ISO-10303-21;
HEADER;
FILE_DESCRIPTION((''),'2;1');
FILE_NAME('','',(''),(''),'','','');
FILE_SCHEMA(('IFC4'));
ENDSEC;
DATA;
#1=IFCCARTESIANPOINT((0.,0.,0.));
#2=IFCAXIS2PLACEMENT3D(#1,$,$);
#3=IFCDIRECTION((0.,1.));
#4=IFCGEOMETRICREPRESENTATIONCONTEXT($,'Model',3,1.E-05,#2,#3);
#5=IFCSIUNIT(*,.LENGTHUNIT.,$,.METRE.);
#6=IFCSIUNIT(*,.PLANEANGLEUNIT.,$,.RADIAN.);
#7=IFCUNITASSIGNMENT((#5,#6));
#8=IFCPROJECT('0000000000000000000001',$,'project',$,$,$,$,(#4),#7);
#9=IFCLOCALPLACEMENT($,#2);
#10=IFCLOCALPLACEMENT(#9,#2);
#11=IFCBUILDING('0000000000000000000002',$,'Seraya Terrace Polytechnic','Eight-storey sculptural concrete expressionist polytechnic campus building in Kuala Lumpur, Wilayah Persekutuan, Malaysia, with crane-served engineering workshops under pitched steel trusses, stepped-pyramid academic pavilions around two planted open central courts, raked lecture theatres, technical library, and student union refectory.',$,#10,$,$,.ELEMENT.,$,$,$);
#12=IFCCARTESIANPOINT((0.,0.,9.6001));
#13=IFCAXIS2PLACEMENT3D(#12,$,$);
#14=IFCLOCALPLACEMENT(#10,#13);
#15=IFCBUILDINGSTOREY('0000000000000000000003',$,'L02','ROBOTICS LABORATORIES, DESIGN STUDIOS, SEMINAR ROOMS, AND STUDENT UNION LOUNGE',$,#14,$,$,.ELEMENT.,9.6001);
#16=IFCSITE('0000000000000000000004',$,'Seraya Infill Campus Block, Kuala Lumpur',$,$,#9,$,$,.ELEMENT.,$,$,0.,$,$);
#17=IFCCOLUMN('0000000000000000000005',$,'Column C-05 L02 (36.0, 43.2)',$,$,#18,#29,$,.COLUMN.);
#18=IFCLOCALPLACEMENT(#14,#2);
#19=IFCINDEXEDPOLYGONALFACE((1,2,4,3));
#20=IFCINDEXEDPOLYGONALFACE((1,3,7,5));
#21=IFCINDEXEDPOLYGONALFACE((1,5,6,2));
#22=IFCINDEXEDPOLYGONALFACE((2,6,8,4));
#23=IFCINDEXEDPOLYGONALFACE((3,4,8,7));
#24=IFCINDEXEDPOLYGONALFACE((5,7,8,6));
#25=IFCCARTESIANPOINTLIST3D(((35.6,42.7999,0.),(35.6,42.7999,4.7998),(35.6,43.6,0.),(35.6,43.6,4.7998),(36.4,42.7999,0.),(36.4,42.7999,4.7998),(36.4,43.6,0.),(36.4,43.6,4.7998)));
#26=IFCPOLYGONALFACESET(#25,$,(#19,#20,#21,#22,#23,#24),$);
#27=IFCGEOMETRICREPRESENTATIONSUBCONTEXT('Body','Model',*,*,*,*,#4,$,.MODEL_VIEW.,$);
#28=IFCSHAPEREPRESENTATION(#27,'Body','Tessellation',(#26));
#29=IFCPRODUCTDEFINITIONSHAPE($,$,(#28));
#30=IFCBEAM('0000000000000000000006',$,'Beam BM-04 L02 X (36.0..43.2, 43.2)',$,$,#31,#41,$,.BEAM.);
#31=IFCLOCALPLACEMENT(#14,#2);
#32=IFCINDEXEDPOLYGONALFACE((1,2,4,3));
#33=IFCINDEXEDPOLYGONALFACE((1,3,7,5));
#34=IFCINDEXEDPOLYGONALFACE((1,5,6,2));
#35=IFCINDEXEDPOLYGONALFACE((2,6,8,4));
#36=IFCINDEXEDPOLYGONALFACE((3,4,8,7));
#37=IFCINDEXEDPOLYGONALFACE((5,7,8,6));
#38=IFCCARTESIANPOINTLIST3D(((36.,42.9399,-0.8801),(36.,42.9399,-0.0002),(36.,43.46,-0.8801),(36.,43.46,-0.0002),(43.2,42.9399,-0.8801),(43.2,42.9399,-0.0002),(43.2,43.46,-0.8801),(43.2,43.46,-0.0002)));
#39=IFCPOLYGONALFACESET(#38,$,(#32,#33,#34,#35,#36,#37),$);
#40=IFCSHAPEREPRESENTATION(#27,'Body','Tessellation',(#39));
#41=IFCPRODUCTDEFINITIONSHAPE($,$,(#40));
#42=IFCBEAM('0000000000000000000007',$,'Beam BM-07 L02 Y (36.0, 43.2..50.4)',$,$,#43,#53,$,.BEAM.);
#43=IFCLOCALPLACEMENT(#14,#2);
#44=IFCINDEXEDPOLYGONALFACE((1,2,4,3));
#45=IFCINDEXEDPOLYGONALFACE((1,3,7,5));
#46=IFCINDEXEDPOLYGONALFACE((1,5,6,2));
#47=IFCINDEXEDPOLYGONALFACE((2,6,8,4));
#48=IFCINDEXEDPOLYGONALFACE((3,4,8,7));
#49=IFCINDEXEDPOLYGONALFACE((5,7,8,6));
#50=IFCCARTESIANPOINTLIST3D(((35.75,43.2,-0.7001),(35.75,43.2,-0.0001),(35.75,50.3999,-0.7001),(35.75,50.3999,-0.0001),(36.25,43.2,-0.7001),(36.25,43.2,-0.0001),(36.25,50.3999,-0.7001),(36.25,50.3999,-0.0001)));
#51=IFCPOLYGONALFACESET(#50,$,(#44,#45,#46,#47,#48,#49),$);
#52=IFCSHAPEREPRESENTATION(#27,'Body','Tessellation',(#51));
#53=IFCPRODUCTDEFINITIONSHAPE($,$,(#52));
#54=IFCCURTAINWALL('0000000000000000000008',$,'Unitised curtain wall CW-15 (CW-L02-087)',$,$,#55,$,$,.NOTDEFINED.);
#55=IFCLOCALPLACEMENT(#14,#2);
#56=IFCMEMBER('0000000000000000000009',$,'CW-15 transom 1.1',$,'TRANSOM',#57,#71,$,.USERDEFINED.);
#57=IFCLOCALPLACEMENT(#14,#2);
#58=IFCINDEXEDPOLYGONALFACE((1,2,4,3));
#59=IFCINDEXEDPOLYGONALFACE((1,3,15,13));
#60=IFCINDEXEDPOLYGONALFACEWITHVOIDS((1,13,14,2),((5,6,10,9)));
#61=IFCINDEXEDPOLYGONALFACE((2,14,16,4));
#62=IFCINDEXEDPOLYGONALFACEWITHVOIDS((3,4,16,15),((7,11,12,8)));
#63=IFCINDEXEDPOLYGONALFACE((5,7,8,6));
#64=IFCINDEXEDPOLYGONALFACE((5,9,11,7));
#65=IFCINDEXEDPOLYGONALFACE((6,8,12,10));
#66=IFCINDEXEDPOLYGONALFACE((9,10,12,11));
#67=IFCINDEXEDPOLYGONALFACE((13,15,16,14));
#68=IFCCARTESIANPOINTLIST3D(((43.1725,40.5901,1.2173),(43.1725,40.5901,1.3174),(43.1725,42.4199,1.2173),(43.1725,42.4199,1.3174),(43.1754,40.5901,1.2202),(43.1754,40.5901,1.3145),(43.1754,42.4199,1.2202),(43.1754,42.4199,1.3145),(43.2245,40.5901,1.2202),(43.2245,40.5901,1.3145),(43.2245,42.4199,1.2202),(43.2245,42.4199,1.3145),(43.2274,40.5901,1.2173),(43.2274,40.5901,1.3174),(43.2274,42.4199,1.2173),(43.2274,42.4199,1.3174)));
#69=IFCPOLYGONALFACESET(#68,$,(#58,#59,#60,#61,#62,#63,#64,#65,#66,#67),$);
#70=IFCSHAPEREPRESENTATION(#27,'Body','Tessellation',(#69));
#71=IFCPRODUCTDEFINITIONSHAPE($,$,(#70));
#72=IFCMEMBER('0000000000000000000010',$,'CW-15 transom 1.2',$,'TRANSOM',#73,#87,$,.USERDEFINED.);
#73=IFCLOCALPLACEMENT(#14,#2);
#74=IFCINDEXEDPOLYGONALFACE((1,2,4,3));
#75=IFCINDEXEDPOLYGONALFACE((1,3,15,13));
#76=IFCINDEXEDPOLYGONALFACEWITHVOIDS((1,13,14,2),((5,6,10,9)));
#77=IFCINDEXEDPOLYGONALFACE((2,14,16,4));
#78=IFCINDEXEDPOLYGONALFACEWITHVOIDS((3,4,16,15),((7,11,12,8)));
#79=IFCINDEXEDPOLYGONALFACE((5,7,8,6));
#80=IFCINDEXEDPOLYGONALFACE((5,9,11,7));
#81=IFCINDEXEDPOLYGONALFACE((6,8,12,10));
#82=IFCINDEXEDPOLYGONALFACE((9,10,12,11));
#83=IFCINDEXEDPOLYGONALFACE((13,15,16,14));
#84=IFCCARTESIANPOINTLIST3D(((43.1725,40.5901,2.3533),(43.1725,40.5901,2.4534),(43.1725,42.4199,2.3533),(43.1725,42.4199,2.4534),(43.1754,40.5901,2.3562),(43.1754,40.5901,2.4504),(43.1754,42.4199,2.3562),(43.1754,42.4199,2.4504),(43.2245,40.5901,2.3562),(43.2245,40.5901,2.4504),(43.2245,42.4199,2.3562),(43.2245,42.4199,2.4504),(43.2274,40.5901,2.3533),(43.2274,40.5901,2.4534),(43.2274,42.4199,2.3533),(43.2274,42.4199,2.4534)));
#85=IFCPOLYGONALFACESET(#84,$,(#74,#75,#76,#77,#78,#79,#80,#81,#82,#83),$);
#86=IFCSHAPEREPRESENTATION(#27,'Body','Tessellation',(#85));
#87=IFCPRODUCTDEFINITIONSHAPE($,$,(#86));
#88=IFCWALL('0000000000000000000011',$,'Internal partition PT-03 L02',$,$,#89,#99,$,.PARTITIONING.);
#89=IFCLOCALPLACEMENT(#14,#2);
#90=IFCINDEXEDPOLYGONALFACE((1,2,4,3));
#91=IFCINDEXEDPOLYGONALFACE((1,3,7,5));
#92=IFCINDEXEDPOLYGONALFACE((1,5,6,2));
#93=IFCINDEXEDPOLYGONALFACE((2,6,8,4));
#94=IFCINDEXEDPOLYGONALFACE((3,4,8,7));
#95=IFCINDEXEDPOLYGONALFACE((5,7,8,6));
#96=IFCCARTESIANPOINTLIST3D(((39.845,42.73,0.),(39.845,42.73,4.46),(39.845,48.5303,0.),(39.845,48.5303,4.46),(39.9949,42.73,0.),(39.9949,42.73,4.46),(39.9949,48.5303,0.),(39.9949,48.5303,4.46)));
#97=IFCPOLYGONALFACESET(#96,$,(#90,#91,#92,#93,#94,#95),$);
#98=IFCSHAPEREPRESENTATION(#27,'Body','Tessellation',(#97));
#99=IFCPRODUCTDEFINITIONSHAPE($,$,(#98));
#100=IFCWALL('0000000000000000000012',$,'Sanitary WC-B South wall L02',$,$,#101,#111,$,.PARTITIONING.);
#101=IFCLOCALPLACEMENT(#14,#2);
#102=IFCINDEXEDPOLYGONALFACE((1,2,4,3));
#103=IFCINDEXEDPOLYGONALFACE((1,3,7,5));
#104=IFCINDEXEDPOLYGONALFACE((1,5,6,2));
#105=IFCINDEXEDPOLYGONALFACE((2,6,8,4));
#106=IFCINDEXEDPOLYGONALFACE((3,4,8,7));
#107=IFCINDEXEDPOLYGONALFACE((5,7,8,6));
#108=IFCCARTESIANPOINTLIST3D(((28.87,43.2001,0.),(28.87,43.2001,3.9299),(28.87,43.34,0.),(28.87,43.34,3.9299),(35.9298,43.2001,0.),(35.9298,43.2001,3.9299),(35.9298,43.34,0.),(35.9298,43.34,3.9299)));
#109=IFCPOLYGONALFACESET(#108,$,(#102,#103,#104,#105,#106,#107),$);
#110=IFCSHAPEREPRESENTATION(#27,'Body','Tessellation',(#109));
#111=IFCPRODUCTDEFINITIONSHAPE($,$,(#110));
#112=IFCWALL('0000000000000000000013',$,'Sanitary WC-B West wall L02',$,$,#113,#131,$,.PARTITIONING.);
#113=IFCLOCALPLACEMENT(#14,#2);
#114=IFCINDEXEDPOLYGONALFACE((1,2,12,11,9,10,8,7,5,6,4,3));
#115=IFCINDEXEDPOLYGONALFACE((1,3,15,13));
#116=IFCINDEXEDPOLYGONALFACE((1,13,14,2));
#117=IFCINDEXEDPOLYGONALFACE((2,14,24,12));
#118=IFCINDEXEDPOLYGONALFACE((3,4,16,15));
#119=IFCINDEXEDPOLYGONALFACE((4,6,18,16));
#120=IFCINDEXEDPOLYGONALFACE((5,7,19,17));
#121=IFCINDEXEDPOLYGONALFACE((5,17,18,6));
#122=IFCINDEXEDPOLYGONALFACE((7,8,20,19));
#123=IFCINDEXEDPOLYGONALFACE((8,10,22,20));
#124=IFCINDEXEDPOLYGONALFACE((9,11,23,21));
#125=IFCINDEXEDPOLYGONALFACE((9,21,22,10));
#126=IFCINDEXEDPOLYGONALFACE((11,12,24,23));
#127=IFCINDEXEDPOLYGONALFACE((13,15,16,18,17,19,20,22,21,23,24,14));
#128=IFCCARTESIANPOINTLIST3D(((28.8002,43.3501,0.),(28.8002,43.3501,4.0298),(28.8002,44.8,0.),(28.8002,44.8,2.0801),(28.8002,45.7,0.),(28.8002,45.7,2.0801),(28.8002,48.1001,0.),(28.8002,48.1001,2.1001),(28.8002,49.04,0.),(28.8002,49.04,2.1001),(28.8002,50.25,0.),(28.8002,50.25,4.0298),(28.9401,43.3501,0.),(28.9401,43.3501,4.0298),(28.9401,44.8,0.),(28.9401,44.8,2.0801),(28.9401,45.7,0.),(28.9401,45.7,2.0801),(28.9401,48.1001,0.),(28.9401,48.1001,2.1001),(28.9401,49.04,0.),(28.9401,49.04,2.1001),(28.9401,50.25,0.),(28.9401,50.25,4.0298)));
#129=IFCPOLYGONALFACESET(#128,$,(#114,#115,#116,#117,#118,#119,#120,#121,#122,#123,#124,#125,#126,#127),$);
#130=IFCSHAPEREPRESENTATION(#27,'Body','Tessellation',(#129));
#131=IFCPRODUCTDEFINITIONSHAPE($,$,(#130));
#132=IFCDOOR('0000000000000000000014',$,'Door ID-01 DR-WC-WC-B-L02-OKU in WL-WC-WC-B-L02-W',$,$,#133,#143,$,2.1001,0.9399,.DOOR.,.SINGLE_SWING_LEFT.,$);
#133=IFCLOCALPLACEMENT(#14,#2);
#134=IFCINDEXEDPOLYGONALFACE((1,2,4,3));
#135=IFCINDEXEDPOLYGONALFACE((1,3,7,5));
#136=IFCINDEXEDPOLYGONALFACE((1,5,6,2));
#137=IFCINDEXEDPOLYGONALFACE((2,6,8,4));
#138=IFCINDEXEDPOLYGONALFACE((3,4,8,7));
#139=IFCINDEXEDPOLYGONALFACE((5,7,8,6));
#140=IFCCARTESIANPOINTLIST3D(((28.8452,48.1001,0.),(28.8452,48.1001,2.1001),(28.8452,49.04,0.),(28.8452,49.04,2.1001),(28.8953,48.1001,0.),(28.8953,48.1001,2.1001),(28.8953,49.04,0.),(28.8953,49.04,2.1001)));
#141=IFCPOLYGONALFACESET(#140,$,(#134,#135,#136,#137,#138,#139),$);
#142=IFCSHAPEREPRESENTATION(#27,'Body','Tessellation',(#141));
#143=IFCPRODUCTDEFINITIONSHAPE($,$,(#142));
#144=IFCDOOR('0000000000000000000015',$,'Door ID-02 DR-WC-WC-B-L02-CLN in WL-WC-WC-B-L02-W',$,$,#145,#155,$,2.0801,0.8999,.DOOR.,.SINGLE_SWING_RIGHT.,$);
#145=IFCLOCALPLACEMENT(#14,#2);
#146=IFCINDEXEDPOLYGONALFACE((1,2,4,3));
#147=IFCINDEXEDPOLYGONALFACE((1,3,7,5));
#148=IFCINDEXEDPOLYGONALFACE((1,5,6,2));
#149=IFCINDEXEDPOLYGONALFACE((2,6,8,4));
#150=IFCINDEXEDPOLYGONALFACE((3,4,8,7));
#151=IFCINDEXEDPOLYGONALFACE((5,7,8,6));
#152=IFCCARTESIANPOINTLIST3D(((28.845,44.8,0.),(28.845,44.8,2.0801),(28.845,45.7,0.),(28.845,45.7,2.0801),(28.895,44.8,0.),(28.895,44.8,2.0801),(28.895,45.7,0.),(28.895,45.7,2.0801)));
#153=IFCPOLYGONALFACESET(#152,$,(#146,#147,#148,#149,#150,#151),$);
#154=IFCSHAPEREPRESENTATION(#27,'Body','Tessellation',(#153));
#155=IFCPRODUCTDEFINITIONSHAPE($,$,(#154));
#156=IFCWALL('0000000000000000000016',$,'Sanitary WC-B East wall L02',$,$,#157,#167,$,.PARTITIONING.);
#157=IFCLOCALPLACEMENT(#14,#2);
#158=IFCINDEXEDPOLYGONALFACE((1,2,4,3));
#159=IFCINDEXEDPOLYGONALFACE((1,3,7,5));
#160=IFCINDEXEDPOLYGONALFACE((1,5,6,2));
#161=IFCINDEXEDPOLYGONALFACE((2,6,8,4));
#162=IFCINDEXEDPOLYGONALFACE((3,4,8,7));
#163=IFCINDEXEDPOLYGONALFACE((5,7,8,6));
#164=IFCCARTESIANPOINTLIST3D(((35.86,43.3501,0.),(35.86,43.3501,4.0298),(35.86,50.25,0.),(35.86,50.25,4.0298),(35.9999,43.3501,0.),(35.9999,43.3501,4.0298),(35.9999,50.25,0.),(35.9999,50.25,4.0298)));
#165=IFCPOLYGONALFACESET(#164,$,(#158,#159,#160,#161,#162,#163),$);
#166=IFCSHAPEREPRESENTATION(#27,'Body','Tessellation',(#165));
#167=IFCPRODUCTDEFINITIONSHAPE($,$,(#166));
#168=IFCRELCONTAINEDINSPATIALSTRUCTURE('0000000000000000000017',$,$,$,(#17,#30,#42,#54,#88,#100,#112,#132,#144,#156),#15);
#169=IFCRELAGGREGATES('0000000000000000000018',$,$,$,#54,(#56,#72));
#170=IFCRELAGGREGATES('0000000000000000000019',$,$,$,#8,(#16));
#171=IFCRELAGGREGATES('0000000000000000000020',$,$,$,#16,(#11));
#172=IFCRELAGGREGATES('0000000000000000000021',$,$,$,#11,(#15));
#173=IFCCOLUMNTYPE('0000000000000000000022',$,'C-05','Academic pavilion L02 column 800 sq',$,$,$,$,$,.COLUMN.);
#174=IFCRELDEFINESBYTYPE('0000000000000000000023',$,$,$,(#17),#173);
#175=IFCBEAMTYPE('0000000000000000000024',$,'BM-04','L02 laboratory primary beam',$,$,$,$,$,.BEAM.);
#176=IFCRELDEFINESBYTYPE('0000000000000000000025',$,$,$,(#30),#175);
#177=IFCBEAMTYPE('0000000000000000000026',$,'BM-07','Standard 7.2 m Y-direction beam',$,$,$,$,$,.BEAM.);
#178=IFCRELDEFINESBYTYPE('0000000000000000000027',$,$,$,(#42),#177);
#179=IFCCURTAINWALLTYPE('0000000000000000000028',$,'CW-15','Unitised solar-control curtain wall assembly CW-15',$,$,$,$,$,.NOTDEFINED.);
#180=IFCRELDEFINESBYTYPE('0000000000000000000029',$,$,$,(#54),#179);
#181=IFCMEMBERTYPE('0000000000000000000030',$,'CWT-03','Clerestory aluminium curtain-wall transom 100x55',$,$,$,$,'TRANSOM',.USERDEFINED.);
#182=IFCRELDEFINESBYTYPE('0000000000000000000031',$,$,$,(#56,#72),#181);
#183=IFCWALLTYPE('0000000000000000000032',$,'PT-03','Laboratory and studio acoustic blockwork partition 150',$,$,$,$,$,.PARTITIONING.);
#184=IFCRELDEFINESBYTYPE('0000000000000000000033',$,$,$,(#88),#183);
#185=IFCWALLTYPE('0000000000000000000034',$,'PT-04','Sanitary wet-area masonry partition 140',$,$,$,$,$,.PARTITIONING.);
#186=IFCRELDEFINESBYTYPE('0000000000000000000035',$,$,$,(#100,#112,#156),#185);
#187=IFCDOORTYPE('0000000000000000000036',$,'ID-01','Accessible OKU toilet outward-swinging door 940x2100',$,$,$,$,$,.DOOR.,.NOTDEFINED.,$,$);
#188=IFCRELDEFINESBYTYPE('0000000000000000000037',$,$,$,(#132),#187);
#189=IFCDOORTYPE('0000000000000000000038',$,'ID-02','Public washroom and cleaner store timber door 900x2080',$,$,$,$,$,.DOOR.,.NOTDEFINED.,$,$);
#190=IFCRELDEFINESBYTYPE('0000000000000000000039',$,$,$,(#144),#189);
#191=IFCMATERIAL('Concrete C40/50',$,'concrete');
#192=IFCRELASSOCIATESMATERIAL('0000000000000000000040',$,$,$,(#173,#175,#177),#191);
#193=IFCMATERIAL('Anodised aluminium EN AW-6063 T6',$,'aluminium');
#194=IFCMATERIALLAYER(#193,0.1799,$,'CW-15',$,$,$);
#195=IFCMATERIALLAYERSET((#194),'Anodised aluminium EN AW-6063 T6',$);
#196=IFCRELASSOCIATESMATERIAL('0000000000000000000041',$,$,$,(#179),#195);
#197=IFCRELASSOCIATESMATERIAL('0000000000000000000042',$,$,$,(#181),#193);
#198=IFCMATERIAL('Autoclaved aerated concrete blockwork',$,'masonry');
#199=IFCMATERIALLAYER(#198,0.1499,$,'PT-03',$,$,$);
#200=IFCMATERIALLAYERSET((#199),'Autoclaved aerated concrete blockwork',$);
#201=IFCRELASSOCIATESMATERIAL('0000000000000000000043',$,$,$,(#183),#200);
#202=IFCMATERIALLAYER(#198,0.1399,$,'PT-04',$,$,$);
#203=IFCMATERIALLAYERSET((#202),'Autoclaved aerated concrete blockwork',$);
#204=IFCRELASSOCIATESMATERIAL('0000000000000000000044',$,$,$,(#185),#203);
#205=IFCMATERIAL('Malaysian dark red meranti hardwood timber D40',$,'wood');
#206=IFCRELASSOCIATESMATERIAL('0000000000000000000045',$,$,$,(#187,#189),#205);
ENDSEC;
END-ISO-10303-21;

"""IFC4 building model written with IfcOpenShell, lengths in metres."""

from ifc_helpers import new_model, si_unit, direction, frame, frame_2d, origin, origin_2d, place, context, subcontext, project, spatial, rectangle, hollow_rectangle, extrude, material, layer, layer_set, material_profile, profile_set, type_object, element, fill, aggregate, save


model = new_model("IFC4")

# Units and contexts
model_context = context("Model", 3, precision=1e-05, world=origin(), true_north=direction((0.0, 1.0)))
body_context = subcontext(model_context, "Body", "Model", "MODEL_VIEW")
ifc_project = project(units=[si_unit("LENGTHUNIT", "METRE"), si_unit("PLANEANGLEUNIT", "RADIAN")], contexts=[model_context])

# Site, building, storey
site_placement = place(None, origin())
site = spatial("IfcSite", under=ifc_project, at=site_placement, Name="Seraya Infill Campus Block, Kuala Lumpur", CompositionType="ELEMENT", RefElevation=0.0)
building_placement = place(site_placement, origin())
building = spatial("IfcBuilding", under=site, at=building_placement, Name="Seraya Terrace Polytechnic", Description="Eight-storey sculptural concrete expressionist polytechnic campus building in Kuala Lumpur, Wilayah Persekutuan, Malaysia, with crane-served engineering workshops under pitched steel trusses, stepped-pyramid academic pavilions around two planted open central courts, raked lecture theatres, technical library, and student union refectory.", CompositionType="ELEMENT")
storey_placement = place(building_placement, frame((0.0, 0.0, 9.6001)))
storey = spatial("IfcBuildingStorey", under=building, at=storey_placement, Name="L02", Description="ROBOTICS LABORATORIES, DESIGN STUDIOS, SEMINAR ROOMS, AND STUDENT UNION LOUNGE", CompositionType="ELEMENT", Elevation=9.6001)

# Column
ifc_material_1 = material(Name="Concrete C40/50", Category="concrete")
ifc_material_profile_1 = material_profile(ifc_material_1, rectangle(XDim=0.8, YDim=0.8, at=origin_2d()), Name="RC 800x800")
ifc_profile_set_1 = profile_set([ifc_material_profile_1], Name="Concrete C40/50")
column_type = type_object("IfcColumnType", Name="C-05", Description="Academic pavilion L02 column 800 sq", PredefinedType="COLUMN", material=ifc_profile_set_1)
column_placement = place(storey_placement, frame((36.0, 43.2, 0.0), z_axis=(0.0, 0.0, 1.0), x_axis=(1.0, 0.0, 0.0)))
element("IfcColumn", 1, at=column_placement, inside=storey, type_object=column_type, Name="Column C-05 L02 (36.0, 43.2)", PredefinedType="COLUMN", context=body_context, shape_type="SweptSolid", body=[
    extrude(rectangle(XDim=0.8, YDim=0.8, at=origin_2d()), origin(), (0.0, 0.0, 1.0), 4.7998),
])

# Beams
ifc_material_profile_2 = material_profile(ifc_material_1, rectangle(XDim=0.52, YDim=0.8799, at=origin_2d()), Name="RC 520x880")
ifc_profile_set_2 = profile_set([ifc_material_profile_2], Name="Concrete C40/50")
beam_type_1 = type_object("IfcBeamType", Name="BM-04", Description="L02 laboratory primary beam", PredefinedType="BEAM", material=ifc_profile_set_2)
beam_1_placement = place(storey_placement, frame((36.0, 43.2, -0.4402), z_axis=(1.0, 0.0, 0.0), x_axis=(0.0, 1.0, 0.0)))
element("IfcBeam", 2, at=beam_1_placement, inside=storey, type_object=beam_type_1, Name="Beam BM-04 L02 X (36.0..43.2, 43.2)", PredefinedType="BEAM", context=body_context, shape_type="SweptSolid", body=[
    extrude(rectangle(XDim=0.52, YDim=0.8799, at=origin_2d()), origin(), (0.0, 0.0, 1.0), 7.2),
])
ifc_material_profile_3 = material_profile(ifc_material_1, rectangle(XDim=0.5, YDim=0.7, at=origin_2d()), Name="RC 500x700")
ifc_profile_set_3 = profile_set([ifc_material_profile_3], Name="Concrete C40/50")
beam_type_2 = type_object("IfcBeamType", Name="BM-07", Description="Standard 7.2 m Y-direction beam", PredefinedType="BEAM", material=ifc_profile_set_3)
beam_2_placement = place(storey_placement, frame((36.0, 43.2, -0.3501), z_axis=(0.0, 1.0, 0.0), x_axis=(-1.0, 0.0, 0.0)))
element("IfcBeam", 3, at=beam_2_placement, inside=storey, type_object=beam_type_2, Name="Beam BM-07 L02 Y (36.0, 43.2..50.4)", PredefinedType="BEAM", context=body_context, shape_type="SweptSolid", body=[
    extrude(rectangle(XDim=0.5, YDim=0.7, at=origin_2d()), origin(), (0.0, 0.0, 1.0), 7.2),
])

# Curtain wall, members
ifc_material_2 = material(Name="Anodised aluminium EN AW-6063 T6", Category="aluminium")
ifc_layer_1 = layer(ifc_material_2, 0.1799, Name="CW-15")
ifc_layer_set_1 = layer_set([ifc_layer_1], Name="Anodised aluminium EN AW-6063 T6")
curtain_wall_type = type_object("IfcCurtainWallType", Name="CW-15", Description="Unitised solar-control curtain wall assembly CW-15", PredefinedType="NOTDEFINED", material=ifc_layer_set_1)
curtain_wall_placement = place(storey_placement, origin())
curtain_wall = element("IfcCurtainWall", 4, at=curtain_wall_placement, inside=storey, type_object=curtain_wall_type, Name="Unitised curtain wall CW-15 (CW-L02-087)", PredefinedType="NOTDEFINED")
ifc_material_profile_4 = material_profile(ifc_material_2, hollow_rectangle(XDim=0.0549, YDim=0.1001, WallThickness=0.0029, at=origin_2d()), Name="RHS 100x55x3.0")
ifc_profile_set_4 = profile_set([ifc_material_profile_4], Name="Anodised aluminium EN AW-6063 T6")
member_type = type_object("IfcMemberType", Name="CWT-03", Description="Clerestory aluminium curtain-wall transom 100x55", ElementType="TRANSOM", PredefinedType="USERDEFINED", material=ifc_profile_set_4)
member_1_placement = place(storey_placement, frame((43.2, 42.4199, 1.2673), z_axis=(0.0, -1.0, 0.0), x_axis=(1.0, 0.0, 0.0)))
member_1 = element("IfcMember", 5, at=member_1_placement, type_object=member_type, Name="CW-15 transom 1.1", ObjectType="TRANSOM", PredefinedType="USERDEFINED", context=body_context, shape_type="SweptSolid", body=[
    extrude(hollow_rectangle(XDim=0.0549, YDim=0.1001, WallThickness=0.0029, at=origin_2d()), origin(), (0.0, 0.0, 1.0), 1.8298),
])
member_2_placement = place(storey_placement, frame((43.2, 42.4199, 2.4033), z_axis=(0.0, -1.0, 0.0), x_axis=(1.0, 0.0, 0.0)))
member_2 = element("IfcMember", 6, at=member_2_placement, type_object=member_type, Name="CW-15 transom 1.2", ObjectType="TRANSOM", PredefinedType="USERDEFINED", context=body_context, shape_type="SweptSolid", body=[
    extrude(hollow_rectangle(XDim=0.0549, YDim=0.1001, WallThickness=0.0029, at=origin_2d()), origin(), (0.0, 0.0, 1.0), 1.8298),
])
aggregate(curtain_wall, [member_1, member_2])

# Walls
ifc_material_3 = material(Name="Autoclaved aerated concrete blockwork", Category="masonry")
ifc_layer_2 = layer(ifc_material_3, 0.1499, Name="PT-03")
ifc_layer_set_2 = layer_set([ifc_layer_2], Name="Autoclaved aerated concrete blockwork")
wall_type_1 = type_object("IfcWallType", Name="PT-03", Description="Laboratory and studio acoustic blockwork partition 150", PredefinedType="PARTITIONING", material=ifc_layer_set_2)
wall_1_placement = place(storey_placement, frame((39.9199, 42.73, 0.0), z_axis=(0.0, 0.0, 1.0), x_axis=(0.0, 1.0, 0.0)))
element("IfcWall", 7, at=wall_1_placement, inside=storey, type_object=wall_type_1, Name="Internal partition PT-03 L02", PredefinedType="PARTITIONING", context=body_context, shape_type="SweptSolid", body=[
    extrude(rectangle(XDim=5.8003, YDim=0.1499, at=frame_2d((2.9001, 0.0))), origin(), (0.0, 0.0, 1.0), 4.46),
])
ifc_layer_3 = layer(ifc_material_3, 0.1399, Name="PT-04")
ifc_layer_set_3 = layer_set([ifc_layer_3], Name="Autoclaved aerated concrete blockwork")
wall_type_2 = type_object("IfcWallType", Name="PT-04", Description="Sanitary wet-area masonry partition 140", PredefinedType="PARTITIONING", material=ifc_layer_set_3)
wall_2_placement = place(storey_placement, frame((28.8701, 43.27, 0.0), z_axis=(0.0, 0.0, 1.0), x_axis=(1.0, 0.0, 0.0)))
element("IfcWall", 8, at=wall_2_placement, inside=storey, type_object=wall_type_2, Name="Sanitary WC-B South wall L02", PredefinedType="PARTITIONING", context=body_context, shape_type="SweptSolid", body=[
    extrude(rectangle(XDim=7.0598, YDim=0.1399, at=frame_2d((3.5298, 0.0))), origin(), (0.0, 0.0, 1.0), 3.9299),
])

# Wall, openings, doors
wall_3_placement = place(storey_placement, frame((28.8701, 43.3501, 0.0), z_axis=(0.0, 0.0, 1.0), x_axis=(0.0, 1.0, 0.0)))
wall_3 = element("IfcWall", 9, at=wall_3_placement, inside=storey, type_object=wall_type_2, Name="Sanitary WC-B West wall L02", PredefinedType="PARTITIONING", context=body_context, shape_type="SweptSolid", body=[
    extrude(rectangle(XDim=6.8999, YDim=0.1399, at=frame_2d((3.45, 0.0))), origin(), (0.0, 0.0, 1.0), 4.0298),
])
opening_1_placement = place(wall_3_placement, frame((1.45, 0.0, 0.0)))
opening_1 = element("IfcOpeningElement", 10, at=opening_1_placement, cuts=wall_3, PredefinedType="OPENING", context=body_context, shape_type="SweptSolid", body=[
    extrude(rectangle(XDim=0.8999, YDim=2.0801, at=frame_2d((0.45, 1.04))), frame((0.0, 0.082, 0.0), z_axis=(0.0, -1.0, 0.0), x_axis=(1.0, 0.0, 0.0)), (0.0, 0.0, 1.0), 0.1638),
])
opening_2_placement = place(wall_3_placement, frame((4.75, 0.0, 0.0)))
opening_2 = element("IfcOpeningElement", 11, at=opening_2_placement, cuts=wall_3, PredefinedType="OPENING", context=body_context, shape_type="SweptSolid", body=[
    extrude(rectangle(XDim=0.9399, YDim=2.1001, at=frame_2d((0.47, 1.05))), frame((0.0, 0.082, 0.0), z_axis=(0.0, -1.0, 0.0), x_axis=(1.0, 0.0, 0.0)), (0.0, 0.0, 1.0), 0.1638),
])
ifc_material_4 = material(Name="Malaysian dark red meranti hardwood timber D40", Category="wood")
door_type_1 = type_object("IfcDoorType", Name="ID-01", Description="Accessible OKU toilet outward-swinging door 940x2100", OperationType="NOTDEFINED", PredefinedType="DOOR", material=ifc_material_4)
door_1_placement = place(opening_2_placement, origin())
door_1 = element("IfcDoor", 12, at=door_1_placement, inside=storey, type_object=door_type_1, Name="Door ID-01 DR-WC-WC-B-L02-OKU in WL-WC-WC-B-L02-W", OperationType="SINGLE_SWING_LEFT", OverallHeight=2.1001, OverallWidth=0.9399, PredefinedType="DOOR", context=body_context, shape_type="SweptSolid", body=[
    extrude(rectangle(XDim=0.9399, YDim=2.1001, at=frame_2d((0.47, 1.05))), frame((0.0, 0.0249, 0.0), z_axis=(0.0, -1.0, 0.0), x_axis=(1.0, 0.0, 0.0)), (0.0, 0.0, 1.0), 0.05),
])
fill(opening_2, door_1)
door_type_2 = type_object("IfcDoorType", Name="ID-02", Description="Public washroom and cleaner store timber door 900x2080", OperationType="NOTDEFINED", PredefinedType="DOOR", material=ifc_material_4)
door_2_placement = place(opening_1_placement, frame((0.8999, 0.0, 0.0), z_axis=(0.0, 0.0, 1.0), x_axis=(-1.0, 0.0, 0.0)))
door_2 = element("IfcDoor", 13, at=door_2_placement, inside=storey, type_object=door_type_2, Name="Door ID-02 DR-WC-WC-B-L02-CLN in WL-WC-WC-B-L02-W", OperationType="SINGLE_SWING_RIGHT", OverallHeight=2.0801, OverallWidth=0.8999, PredefinedType="DOOR", context=body_context, shape_type="SweptSolid", body=[
    extrude(rectangle(XDim=0.8999, YDim=2.0801, at=frame_2d((0.45, 1.04))), frame((0.0, 0.0249, 0.0), z_axis=(0.0, -1.0, 0.0), x_axis=(1.0, 0.0, 0.0)), (0.0, 0.0, 1.0), 0.05),
])
fill(opening_1, door_2)

# Wall
wall_4_placement = place(storey_placement, frame((35.9299, 43.3501, 0.0), z_axis=(0.0, 0.0, 1.0), x_axis=(0.0, 1.0, 0.0)))
element("IfcWall", 14, at=wall_4_placement, inside=storey, type_object=wall_type_2, Name="Sanitary WC-B East wall L02", PredefinedType="PARTITIONING", context=body_context, shape_type="SweptSolid", body=[
    extrude(rectangle(XDim=6.8999, YDim=0.1399, at=frame_2d((3.45, 0.0))), origin(), (0.0, 0.0, 1.0), 4.0298),
])

save(model, "model.ifc")
